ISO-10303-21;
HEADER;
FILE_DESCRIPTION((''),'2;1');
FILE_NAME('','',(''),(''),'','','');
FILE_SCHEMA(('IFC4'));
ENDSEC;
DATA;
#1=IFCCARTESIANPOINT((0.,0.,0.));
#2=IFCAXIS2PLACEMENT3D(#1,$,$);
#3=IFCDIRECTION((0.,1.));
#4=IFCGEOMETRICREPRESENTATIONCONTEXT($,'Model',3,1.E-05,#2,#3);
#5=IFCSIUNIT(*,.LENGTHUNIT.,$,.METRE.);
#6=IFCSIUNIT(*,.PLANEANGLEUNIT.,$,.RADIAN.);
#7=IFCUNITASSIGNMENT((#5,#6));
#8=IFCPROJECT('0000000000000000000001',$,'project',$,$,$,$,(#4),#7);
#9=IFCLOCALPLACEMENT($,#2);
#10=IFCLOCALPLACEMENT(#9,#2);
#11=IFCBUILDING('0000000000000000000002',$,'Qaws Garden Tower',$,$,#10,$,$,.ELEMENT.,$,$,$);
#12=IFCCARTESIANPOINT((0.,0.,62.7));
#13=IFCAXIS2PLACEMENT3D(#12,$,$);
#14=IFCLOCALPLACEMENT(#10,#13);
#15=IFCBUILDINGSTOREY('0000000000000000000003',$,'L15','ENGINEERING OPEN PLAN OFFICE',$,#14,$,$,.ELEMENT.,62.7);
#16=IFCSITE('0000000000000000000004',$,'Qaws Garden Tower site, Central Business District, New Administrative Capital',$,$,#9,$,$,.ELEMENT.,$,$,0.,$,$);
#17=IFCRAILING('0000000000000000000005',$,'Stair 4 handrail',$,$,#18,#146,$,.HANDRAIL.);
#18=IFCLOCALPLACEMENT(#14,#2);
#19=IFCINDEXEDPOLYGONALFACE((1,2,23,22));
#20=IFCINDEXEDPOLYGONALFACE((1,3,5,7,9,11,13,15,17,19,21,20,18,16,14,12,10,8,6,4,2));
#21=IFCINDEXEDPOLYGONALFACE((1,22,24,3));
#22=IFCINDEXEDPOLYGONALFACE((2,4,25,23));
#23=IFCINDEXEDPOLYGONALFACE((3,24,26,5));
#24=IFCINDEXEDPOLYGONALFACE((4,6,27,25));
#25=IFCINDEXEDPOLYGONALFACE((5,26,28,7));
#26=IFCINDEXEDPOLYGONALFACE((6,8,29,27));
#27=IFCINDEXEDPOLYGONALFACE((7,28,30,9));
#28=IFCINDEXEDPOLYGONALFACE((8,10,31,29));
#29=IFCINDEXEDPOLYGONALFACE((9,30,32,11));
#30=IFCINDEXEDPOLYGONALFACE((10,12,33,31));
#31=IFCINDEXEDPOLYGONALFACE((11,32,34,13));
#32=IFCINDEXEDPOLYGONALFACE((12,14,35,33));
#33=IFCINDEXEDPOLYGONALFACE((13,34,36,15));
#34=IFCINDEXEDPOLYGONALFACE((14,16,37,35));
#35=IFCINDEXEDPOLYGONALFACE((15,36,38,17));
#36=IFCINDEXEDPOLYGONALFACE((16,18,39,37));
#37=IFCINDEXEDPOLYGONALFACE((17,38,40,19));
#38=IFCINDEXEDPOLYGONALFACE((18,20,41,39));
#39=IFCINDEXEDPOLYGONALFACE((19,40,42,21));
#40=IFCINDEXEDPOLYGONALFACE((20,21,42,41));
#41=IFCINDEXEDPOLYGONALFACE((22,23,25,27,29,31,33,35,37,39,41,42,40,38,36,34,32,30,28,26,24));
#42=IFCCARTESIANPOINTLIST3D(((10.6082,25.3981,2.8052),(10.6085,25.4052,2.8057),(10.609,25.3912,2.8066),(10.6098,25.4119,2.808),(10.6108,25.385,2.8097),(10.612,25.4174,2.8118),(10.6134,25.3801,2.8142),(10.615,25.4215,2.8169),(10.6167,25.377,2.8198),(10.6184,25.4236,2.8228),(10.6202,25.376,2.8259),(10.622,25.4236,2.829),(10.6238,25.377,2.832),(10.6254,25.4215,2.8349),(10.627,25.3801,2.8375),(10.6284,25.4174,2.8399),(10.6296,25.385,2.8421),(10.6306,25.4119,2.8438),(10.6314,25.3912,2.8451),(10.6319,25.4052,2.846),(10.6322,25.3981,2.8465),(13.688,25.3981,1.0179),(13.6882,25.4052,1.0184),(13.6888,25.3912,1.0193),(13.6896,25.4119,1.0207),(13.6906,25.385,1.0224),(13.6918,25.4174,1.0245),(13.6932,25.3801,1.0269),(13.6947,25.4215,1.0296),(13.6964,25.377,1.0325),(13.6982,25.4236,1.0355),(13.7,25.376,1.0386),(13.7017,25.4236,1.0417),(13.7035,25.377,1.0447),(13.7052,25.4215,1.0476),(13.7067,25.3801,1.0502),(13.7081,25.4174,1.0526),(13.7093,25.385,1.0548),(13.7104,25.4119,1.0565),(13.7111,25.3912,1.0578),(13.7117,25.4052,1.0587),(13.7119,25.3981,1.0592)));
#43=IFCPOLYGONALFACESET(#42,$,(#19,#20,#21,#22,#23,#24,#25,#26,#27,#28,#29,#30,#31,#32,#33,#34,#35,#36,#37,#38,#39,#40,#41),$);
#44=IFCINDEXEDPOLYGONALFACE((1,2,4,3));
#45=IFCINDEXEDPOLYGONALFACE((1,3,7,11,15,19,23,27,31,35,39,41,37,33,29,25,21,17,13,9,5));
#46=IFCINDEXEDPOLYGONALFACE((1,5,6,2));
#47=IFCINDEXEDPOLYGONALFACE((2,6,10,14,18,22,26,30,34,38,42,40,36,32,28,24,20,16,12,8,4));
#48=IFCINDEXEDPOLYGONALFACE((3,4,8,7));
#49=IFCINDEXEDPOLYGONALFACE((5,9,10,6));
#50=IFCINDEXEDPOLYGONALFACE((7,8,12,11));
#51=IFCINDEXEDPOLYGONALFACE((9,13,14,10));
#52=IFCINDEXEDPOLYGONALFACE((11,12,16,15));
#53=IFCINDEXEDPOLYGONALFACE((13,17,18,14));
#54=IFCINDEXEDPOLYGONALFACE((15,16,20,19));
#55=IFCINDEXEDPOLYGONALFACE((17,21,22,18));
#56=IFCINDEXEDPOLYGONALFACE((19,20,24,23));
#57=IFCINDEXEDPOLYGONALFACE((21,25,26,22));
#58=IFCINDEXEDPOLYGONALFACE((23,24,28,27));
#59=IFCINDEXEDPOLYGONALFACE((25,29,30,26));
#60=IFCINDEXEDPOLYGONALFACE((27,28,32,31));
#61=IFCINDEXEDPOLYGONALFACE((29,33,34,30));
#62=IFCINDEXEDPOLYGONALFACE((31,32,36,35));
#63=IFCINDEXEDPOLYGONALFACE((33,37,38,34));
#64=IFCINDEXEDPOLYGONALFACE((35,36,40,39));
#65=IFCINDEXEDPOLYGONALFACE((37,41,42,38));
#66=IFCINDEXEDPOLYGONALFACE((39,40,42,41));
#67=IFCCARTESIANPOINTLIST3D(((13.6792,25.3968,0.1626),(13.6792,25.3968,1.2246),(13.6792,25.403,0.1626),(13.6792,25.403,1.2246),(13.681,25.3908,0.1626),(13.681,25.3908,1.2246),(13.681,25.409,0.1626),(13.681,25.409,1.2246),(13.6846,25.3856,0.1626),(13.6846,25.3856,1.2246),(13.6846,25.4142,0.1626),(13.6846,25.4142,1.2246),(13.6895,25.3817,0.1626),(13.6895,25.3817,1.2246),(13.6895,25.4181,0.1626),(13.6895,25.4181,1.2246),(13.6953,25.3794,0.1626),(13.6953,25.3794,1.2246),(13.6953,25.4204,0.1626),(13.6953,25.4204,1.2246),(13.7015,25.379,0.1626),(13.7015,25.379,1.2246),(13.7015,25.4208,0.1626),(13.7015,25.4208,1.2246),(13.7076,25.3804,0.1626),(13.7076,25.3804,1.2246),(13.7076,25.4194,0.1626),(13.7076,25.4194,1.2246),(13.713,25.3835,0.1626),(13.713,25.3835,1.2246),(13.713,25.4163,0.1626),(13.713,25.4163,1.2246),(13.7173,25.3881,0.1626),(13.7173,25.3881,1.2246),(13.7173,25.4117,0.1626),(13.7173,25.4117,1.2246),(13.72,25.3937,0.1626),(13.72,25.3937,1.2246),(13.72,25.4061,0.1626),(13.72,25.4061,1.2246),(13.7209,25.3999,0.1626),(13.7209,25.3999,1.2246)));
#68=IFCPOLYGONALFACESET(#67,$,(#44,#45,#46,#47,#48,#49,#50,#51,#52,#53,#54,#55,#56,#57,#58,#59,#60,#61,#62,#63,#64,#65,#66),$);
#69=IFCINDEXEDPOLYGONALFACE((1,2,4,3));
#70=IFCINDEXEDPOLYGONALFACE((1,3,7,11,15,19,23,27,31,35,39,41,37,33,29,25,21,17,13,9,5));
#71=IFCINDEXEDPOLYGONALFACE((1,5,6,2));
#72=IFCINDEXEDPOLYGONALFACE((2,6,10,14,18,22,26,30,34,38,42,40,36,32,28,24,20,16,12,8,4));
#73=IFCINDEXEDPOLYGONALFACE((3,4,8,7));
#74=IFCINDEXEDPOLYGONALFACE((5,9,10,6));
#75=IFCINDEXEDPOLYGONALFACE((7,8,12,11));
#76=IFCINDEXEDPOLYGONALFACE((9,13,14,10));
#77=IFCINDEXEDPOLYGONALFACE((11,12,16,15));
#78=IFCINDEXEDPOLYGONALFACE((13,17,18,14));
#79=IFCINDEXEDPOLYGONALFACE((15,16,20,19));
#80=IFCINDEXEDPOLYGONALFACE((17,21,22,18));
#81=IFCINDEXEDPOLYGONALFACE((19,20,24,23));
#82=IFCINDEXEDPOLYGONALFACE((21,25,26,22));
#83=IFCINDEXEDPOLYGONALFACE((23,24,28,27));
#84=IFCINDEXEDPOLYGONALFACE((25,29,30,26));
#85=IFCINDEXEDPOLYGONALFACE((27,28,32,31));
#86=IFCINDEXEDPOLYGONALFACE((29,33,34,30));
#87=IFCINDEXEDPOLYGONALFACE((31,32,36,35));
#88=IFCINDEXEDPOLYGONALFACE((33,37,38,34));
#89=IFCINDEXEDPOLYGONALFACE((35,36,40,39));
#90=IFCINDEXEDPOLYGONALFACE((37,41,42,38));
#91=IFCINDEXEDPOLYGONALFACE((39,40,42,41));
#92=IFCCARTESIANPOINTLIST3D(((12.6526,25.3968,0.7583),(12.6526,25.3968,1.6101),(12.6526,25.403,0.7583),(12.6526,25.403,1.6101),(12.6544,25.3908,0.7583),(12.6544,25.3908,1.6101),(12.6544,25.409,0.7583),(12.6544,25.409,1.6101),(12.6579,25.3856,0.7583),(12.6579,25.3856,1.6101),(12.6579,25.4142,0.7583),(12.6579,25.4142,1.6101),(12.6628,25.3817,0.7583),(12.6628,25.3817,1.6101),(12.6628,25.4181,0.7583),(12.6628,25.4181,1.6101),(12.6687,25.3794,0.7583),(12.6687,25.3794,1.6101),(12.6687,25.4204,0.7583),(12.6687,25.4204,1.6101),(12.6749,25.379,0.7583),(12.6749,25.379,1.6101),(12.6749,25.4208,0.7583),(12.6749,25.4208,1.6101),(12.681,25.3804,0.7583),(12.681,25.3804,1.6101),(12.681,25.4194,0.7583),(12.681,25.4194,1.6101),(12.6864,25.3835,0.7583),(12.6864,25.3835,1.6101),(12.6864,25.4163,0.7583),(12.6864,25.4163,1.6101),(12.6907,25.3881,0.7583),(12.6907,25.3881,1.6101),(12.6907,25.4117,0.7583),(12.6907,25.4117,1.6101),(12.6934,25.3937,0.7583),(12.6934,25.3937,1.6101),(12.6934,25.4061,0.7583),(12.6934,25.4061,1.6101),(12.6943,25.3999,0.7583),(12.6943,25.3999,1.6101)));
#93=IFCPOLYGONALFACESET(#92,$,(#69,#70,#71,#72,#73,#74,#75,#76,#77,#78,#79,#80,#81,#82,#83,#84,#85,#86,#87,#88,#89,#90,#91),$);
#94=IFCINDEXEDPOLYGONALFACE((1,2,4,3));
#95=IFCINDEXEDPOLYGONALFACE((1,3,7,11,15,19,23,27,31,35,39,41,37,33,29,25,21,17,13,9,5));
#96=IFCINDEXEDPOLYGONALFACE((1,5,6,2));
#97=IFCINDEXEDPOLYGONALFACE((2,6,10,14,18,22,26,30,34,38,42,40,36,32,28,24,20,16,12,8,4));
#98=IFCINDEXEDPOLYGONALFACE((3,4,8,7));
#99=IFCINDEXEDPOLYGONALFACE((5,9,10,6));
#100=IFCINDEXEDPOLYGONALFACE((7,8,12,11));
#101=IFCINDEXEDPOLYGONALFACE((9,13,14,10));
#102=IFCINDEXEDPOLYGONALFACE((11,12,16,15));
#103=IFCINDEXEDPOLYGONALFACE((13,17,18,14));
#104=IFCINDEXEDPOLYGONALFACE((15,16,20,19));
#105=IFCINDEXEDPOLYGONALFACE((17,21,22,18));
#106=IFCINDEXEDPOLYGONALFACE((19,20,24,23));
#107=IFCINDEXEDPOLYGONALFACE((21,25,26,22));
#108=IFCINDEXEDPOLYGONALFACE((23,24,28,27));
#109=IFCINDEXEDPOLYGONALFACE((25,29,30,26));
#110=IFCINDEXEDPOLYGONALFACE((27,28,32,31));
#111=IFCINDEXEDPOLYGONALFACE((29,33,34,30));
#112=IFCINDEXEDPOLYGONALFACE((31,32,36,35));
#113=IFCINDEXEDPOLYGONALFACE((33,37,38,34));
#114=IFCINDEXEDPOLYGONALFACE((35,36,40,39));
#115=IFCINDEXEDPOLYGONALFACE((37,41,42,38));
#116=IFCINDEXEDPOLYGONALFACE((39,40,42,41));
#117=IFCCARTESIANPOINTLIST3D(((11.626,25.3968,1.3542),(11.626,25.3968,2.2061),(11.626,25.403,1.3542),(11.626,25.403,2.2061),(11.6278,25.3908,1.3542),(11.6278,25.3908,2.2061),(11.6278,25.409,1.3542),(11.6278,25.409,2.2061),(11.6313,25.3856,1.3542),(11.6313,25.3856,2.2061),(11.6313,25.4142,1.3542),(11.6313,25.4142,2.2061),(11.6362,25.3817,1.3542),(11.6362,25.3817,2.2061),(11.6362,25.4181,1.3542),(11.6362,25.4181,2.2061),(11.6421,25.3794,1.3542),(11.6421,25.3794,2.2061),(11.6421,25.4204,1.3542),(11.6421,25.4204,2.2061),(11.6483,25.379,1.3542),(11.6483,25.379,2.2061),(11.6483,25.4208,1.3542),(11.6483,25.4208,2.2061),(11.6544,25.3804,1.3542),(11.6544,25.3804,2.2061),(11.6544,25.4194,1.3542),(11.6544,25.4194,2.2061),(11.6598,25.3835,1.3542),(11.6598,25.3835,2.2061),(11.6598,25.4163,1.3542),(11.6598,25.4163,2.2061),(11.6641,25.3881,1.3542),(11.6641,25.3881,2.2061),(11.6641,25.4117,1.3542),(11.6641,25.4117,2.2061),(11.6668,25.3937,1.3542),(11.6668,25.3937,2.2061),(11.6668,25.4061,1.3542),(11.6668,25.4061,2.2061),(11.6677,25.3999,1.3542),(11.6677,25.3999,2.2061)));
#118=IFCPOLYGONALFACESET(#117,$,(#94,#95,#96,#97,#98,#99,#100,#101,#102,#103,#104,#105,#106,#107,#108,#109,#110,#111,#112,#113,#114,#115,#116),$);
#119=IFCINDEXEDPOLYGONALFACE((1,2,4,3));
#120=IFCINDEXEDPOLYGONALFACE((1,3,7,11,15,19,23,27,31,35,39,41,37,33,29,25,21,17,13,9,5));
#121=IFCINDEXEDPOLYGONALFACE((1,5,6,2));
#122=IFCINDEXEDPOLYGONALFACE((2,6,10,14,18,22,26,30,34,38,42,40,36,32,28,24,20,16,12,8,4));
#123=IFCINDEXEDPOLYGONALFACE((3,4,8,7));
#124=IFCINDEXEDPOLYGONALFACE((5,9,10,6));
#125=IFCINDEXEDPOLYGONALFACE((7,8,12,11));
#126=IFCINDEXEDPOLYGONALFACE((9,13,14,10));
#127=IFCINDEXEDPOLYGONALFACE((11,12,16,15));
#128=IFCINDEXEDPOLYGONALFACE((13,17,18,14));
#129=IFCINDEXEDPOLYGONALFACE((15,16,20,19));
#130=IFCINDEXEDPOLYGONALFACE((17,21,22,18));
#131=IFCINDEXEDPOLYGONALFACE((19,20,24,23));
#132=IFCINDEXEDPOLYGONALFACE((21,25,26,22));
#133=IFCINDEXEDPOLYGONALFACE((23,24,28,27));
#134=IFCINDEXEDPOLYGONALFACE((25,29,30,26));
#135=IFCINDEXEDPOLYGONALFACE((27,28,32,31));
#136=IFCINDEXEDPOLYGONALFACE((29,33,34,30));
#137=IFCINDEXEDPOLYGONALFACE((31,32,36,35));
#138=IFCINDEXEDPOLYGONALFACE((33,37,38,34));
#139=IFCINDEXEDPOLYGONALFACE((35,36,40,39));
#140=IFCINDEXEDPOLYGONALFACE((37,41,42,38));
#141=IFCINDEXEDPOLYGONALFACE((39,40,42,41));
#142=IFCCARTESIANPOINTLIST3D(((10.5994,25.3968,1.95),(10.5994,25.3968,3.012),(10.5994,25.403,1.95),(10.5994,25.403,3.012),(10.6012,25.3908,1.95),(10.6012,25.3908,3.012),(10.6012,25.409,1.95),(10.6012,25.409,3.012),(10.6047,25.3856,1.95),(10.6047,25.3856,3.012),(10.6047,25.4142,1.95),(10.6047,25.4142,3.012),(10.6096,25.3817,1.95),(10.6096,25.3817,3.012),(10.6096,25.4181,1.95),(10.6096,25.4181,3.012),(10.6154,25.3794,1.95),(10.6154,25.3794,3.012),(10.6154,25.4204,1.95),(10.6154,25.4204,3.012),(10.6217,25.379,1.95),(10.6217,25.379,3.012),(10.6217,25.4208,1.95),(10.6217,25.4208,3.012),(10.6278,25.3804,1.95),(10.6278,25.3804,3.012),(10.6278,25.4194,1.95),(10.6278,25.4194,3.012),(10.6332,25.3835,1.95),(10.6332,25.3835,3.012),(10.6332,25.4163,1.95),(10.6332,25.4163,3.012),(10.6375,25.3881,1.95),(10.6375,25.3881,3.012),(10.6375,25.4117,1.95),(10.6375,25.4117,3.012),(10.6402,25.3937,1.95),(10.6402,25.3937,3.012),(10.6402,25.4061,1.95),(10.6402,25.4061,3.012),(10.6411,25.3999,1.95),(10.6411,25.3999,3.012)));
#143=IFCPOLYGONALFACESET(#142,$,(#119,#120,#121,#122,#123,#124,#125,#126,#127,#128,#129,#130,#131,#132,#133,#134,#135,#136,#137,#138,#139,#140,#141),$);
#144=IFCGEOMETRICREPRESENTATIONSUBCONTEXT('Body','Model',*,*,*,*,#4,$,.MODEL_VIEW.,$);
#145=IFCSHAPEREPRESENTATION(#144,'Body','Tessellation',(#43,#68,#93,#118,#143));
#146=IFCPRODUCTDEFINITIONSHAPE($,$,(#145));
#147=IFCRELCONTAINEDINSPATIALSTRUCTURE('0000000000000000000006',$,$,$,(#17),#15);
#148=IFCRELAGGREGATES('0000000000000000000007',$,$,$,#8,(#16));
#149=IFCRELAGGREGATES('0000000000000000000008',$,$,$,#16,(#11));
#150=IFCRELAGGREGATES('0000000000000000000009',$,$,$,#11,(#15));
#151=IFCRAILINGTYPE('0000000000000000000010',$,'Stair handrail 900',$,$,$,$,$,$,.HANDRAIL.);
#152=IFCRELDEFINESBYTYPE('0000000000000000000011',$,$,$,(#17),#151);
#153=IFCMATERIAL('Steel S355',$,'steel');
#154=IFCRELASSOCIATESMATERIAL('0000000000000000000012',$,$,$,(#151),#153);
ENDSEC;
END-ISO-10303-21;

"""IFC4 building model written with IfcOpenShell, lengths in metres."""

from ifc_helpers import new_model, si_unit, direction, frame, origin, origin_2d, place, context, subcontext, project, spatial, circle, extrude, material, type_object, element, save


model = new_model("IFC4")

# Units and contexts
model_context = context("Model", 3, precision=1e-05, world=origin(), true_north=direction((0.0, 1.0)))
body_context = subcontext(model_context, "Body", "Model", "MODEL_VIEW")
ifc_project = project(units=[si_unit("LENGTHUNIT", "METRE"), si_unit("PLANEANGLEUNIT", "RADIAN")], contexts=[model_context])

# Site, building, storey
site_placement = place(None, origin())
site = spatial("IfcSite", under=ifc_project, at=site_placement, Name="Qaws Garden Tower site, Central Business District, New Administrative Capital", CompositionType="ELEMENT", RefElevation=0.0)
building_placement = place(site_placement, origin())
building = spatial("IfcBuilding", under=site, at=building_placement, Name="Qaws Garden Tower", CompositionType="ELEMENT")
storey_placement = place(building_placement, frame((0.0, 0.0, 62.7)))
storey = spatial("IfcBuildingStorey", under=building, at=storey_placement, Name="L15", Description="ENGINEERING OPEN PLAN OFFICE", CompositionType="ELEMENT", Elevation=62.7)

# Railing
ifc_material_1 = material(Name="Steel S355", Category="steel")
railing_type = type_object("IfcRailingType", Name="Stair handrail 900", PredefinedType="HANDRAIL", material=ifc_material_1)
railing_1_placement = place(storey_placement, frame((13.7, 25.3999, 0.1626)))
element("IfcRailing", 1, at=railing_1_placement, inside=storey, type_object=railing_type, Name="Stair 4 handrail", PredefinedType="HANDRAIL", context=body_context, shape_type="SweptSolid", body=[
    extrude(circle(Radius=0.0239, at=origin_2d()), frame((0.0, 0.0, 0.876), z_axis=(-0.864903, 0.0, 0.501939), x_axis=(0.0, -1.0, 0.0)), (0.0, 0.0, 1.0), 3.5608),
    extrude(circle(Radius=0.021, at=origin_2d()), origin(), (0.0, 0.0, 1.0), 1.062),
    extrude(circle(Radius=0.021, at=origin_2d()), frame((-1.0266, 0.0, 0.5957)), (0.0, 0.0, 1.0), 0.8518),
    extrude(circle(Radius=0.021, at=origin_2d()), frame((-2.0532, 0.0, 1.1917)), (0.0, 0.0, 1.0), 0.8518),
    extrude(circle(Radius=0.021, at=origin_2d()), frame((-3.0798, 0.0, 1.7874)), (0.0, 0.0, 1.0), 1.062),
])

save(model, "model.ifc")
